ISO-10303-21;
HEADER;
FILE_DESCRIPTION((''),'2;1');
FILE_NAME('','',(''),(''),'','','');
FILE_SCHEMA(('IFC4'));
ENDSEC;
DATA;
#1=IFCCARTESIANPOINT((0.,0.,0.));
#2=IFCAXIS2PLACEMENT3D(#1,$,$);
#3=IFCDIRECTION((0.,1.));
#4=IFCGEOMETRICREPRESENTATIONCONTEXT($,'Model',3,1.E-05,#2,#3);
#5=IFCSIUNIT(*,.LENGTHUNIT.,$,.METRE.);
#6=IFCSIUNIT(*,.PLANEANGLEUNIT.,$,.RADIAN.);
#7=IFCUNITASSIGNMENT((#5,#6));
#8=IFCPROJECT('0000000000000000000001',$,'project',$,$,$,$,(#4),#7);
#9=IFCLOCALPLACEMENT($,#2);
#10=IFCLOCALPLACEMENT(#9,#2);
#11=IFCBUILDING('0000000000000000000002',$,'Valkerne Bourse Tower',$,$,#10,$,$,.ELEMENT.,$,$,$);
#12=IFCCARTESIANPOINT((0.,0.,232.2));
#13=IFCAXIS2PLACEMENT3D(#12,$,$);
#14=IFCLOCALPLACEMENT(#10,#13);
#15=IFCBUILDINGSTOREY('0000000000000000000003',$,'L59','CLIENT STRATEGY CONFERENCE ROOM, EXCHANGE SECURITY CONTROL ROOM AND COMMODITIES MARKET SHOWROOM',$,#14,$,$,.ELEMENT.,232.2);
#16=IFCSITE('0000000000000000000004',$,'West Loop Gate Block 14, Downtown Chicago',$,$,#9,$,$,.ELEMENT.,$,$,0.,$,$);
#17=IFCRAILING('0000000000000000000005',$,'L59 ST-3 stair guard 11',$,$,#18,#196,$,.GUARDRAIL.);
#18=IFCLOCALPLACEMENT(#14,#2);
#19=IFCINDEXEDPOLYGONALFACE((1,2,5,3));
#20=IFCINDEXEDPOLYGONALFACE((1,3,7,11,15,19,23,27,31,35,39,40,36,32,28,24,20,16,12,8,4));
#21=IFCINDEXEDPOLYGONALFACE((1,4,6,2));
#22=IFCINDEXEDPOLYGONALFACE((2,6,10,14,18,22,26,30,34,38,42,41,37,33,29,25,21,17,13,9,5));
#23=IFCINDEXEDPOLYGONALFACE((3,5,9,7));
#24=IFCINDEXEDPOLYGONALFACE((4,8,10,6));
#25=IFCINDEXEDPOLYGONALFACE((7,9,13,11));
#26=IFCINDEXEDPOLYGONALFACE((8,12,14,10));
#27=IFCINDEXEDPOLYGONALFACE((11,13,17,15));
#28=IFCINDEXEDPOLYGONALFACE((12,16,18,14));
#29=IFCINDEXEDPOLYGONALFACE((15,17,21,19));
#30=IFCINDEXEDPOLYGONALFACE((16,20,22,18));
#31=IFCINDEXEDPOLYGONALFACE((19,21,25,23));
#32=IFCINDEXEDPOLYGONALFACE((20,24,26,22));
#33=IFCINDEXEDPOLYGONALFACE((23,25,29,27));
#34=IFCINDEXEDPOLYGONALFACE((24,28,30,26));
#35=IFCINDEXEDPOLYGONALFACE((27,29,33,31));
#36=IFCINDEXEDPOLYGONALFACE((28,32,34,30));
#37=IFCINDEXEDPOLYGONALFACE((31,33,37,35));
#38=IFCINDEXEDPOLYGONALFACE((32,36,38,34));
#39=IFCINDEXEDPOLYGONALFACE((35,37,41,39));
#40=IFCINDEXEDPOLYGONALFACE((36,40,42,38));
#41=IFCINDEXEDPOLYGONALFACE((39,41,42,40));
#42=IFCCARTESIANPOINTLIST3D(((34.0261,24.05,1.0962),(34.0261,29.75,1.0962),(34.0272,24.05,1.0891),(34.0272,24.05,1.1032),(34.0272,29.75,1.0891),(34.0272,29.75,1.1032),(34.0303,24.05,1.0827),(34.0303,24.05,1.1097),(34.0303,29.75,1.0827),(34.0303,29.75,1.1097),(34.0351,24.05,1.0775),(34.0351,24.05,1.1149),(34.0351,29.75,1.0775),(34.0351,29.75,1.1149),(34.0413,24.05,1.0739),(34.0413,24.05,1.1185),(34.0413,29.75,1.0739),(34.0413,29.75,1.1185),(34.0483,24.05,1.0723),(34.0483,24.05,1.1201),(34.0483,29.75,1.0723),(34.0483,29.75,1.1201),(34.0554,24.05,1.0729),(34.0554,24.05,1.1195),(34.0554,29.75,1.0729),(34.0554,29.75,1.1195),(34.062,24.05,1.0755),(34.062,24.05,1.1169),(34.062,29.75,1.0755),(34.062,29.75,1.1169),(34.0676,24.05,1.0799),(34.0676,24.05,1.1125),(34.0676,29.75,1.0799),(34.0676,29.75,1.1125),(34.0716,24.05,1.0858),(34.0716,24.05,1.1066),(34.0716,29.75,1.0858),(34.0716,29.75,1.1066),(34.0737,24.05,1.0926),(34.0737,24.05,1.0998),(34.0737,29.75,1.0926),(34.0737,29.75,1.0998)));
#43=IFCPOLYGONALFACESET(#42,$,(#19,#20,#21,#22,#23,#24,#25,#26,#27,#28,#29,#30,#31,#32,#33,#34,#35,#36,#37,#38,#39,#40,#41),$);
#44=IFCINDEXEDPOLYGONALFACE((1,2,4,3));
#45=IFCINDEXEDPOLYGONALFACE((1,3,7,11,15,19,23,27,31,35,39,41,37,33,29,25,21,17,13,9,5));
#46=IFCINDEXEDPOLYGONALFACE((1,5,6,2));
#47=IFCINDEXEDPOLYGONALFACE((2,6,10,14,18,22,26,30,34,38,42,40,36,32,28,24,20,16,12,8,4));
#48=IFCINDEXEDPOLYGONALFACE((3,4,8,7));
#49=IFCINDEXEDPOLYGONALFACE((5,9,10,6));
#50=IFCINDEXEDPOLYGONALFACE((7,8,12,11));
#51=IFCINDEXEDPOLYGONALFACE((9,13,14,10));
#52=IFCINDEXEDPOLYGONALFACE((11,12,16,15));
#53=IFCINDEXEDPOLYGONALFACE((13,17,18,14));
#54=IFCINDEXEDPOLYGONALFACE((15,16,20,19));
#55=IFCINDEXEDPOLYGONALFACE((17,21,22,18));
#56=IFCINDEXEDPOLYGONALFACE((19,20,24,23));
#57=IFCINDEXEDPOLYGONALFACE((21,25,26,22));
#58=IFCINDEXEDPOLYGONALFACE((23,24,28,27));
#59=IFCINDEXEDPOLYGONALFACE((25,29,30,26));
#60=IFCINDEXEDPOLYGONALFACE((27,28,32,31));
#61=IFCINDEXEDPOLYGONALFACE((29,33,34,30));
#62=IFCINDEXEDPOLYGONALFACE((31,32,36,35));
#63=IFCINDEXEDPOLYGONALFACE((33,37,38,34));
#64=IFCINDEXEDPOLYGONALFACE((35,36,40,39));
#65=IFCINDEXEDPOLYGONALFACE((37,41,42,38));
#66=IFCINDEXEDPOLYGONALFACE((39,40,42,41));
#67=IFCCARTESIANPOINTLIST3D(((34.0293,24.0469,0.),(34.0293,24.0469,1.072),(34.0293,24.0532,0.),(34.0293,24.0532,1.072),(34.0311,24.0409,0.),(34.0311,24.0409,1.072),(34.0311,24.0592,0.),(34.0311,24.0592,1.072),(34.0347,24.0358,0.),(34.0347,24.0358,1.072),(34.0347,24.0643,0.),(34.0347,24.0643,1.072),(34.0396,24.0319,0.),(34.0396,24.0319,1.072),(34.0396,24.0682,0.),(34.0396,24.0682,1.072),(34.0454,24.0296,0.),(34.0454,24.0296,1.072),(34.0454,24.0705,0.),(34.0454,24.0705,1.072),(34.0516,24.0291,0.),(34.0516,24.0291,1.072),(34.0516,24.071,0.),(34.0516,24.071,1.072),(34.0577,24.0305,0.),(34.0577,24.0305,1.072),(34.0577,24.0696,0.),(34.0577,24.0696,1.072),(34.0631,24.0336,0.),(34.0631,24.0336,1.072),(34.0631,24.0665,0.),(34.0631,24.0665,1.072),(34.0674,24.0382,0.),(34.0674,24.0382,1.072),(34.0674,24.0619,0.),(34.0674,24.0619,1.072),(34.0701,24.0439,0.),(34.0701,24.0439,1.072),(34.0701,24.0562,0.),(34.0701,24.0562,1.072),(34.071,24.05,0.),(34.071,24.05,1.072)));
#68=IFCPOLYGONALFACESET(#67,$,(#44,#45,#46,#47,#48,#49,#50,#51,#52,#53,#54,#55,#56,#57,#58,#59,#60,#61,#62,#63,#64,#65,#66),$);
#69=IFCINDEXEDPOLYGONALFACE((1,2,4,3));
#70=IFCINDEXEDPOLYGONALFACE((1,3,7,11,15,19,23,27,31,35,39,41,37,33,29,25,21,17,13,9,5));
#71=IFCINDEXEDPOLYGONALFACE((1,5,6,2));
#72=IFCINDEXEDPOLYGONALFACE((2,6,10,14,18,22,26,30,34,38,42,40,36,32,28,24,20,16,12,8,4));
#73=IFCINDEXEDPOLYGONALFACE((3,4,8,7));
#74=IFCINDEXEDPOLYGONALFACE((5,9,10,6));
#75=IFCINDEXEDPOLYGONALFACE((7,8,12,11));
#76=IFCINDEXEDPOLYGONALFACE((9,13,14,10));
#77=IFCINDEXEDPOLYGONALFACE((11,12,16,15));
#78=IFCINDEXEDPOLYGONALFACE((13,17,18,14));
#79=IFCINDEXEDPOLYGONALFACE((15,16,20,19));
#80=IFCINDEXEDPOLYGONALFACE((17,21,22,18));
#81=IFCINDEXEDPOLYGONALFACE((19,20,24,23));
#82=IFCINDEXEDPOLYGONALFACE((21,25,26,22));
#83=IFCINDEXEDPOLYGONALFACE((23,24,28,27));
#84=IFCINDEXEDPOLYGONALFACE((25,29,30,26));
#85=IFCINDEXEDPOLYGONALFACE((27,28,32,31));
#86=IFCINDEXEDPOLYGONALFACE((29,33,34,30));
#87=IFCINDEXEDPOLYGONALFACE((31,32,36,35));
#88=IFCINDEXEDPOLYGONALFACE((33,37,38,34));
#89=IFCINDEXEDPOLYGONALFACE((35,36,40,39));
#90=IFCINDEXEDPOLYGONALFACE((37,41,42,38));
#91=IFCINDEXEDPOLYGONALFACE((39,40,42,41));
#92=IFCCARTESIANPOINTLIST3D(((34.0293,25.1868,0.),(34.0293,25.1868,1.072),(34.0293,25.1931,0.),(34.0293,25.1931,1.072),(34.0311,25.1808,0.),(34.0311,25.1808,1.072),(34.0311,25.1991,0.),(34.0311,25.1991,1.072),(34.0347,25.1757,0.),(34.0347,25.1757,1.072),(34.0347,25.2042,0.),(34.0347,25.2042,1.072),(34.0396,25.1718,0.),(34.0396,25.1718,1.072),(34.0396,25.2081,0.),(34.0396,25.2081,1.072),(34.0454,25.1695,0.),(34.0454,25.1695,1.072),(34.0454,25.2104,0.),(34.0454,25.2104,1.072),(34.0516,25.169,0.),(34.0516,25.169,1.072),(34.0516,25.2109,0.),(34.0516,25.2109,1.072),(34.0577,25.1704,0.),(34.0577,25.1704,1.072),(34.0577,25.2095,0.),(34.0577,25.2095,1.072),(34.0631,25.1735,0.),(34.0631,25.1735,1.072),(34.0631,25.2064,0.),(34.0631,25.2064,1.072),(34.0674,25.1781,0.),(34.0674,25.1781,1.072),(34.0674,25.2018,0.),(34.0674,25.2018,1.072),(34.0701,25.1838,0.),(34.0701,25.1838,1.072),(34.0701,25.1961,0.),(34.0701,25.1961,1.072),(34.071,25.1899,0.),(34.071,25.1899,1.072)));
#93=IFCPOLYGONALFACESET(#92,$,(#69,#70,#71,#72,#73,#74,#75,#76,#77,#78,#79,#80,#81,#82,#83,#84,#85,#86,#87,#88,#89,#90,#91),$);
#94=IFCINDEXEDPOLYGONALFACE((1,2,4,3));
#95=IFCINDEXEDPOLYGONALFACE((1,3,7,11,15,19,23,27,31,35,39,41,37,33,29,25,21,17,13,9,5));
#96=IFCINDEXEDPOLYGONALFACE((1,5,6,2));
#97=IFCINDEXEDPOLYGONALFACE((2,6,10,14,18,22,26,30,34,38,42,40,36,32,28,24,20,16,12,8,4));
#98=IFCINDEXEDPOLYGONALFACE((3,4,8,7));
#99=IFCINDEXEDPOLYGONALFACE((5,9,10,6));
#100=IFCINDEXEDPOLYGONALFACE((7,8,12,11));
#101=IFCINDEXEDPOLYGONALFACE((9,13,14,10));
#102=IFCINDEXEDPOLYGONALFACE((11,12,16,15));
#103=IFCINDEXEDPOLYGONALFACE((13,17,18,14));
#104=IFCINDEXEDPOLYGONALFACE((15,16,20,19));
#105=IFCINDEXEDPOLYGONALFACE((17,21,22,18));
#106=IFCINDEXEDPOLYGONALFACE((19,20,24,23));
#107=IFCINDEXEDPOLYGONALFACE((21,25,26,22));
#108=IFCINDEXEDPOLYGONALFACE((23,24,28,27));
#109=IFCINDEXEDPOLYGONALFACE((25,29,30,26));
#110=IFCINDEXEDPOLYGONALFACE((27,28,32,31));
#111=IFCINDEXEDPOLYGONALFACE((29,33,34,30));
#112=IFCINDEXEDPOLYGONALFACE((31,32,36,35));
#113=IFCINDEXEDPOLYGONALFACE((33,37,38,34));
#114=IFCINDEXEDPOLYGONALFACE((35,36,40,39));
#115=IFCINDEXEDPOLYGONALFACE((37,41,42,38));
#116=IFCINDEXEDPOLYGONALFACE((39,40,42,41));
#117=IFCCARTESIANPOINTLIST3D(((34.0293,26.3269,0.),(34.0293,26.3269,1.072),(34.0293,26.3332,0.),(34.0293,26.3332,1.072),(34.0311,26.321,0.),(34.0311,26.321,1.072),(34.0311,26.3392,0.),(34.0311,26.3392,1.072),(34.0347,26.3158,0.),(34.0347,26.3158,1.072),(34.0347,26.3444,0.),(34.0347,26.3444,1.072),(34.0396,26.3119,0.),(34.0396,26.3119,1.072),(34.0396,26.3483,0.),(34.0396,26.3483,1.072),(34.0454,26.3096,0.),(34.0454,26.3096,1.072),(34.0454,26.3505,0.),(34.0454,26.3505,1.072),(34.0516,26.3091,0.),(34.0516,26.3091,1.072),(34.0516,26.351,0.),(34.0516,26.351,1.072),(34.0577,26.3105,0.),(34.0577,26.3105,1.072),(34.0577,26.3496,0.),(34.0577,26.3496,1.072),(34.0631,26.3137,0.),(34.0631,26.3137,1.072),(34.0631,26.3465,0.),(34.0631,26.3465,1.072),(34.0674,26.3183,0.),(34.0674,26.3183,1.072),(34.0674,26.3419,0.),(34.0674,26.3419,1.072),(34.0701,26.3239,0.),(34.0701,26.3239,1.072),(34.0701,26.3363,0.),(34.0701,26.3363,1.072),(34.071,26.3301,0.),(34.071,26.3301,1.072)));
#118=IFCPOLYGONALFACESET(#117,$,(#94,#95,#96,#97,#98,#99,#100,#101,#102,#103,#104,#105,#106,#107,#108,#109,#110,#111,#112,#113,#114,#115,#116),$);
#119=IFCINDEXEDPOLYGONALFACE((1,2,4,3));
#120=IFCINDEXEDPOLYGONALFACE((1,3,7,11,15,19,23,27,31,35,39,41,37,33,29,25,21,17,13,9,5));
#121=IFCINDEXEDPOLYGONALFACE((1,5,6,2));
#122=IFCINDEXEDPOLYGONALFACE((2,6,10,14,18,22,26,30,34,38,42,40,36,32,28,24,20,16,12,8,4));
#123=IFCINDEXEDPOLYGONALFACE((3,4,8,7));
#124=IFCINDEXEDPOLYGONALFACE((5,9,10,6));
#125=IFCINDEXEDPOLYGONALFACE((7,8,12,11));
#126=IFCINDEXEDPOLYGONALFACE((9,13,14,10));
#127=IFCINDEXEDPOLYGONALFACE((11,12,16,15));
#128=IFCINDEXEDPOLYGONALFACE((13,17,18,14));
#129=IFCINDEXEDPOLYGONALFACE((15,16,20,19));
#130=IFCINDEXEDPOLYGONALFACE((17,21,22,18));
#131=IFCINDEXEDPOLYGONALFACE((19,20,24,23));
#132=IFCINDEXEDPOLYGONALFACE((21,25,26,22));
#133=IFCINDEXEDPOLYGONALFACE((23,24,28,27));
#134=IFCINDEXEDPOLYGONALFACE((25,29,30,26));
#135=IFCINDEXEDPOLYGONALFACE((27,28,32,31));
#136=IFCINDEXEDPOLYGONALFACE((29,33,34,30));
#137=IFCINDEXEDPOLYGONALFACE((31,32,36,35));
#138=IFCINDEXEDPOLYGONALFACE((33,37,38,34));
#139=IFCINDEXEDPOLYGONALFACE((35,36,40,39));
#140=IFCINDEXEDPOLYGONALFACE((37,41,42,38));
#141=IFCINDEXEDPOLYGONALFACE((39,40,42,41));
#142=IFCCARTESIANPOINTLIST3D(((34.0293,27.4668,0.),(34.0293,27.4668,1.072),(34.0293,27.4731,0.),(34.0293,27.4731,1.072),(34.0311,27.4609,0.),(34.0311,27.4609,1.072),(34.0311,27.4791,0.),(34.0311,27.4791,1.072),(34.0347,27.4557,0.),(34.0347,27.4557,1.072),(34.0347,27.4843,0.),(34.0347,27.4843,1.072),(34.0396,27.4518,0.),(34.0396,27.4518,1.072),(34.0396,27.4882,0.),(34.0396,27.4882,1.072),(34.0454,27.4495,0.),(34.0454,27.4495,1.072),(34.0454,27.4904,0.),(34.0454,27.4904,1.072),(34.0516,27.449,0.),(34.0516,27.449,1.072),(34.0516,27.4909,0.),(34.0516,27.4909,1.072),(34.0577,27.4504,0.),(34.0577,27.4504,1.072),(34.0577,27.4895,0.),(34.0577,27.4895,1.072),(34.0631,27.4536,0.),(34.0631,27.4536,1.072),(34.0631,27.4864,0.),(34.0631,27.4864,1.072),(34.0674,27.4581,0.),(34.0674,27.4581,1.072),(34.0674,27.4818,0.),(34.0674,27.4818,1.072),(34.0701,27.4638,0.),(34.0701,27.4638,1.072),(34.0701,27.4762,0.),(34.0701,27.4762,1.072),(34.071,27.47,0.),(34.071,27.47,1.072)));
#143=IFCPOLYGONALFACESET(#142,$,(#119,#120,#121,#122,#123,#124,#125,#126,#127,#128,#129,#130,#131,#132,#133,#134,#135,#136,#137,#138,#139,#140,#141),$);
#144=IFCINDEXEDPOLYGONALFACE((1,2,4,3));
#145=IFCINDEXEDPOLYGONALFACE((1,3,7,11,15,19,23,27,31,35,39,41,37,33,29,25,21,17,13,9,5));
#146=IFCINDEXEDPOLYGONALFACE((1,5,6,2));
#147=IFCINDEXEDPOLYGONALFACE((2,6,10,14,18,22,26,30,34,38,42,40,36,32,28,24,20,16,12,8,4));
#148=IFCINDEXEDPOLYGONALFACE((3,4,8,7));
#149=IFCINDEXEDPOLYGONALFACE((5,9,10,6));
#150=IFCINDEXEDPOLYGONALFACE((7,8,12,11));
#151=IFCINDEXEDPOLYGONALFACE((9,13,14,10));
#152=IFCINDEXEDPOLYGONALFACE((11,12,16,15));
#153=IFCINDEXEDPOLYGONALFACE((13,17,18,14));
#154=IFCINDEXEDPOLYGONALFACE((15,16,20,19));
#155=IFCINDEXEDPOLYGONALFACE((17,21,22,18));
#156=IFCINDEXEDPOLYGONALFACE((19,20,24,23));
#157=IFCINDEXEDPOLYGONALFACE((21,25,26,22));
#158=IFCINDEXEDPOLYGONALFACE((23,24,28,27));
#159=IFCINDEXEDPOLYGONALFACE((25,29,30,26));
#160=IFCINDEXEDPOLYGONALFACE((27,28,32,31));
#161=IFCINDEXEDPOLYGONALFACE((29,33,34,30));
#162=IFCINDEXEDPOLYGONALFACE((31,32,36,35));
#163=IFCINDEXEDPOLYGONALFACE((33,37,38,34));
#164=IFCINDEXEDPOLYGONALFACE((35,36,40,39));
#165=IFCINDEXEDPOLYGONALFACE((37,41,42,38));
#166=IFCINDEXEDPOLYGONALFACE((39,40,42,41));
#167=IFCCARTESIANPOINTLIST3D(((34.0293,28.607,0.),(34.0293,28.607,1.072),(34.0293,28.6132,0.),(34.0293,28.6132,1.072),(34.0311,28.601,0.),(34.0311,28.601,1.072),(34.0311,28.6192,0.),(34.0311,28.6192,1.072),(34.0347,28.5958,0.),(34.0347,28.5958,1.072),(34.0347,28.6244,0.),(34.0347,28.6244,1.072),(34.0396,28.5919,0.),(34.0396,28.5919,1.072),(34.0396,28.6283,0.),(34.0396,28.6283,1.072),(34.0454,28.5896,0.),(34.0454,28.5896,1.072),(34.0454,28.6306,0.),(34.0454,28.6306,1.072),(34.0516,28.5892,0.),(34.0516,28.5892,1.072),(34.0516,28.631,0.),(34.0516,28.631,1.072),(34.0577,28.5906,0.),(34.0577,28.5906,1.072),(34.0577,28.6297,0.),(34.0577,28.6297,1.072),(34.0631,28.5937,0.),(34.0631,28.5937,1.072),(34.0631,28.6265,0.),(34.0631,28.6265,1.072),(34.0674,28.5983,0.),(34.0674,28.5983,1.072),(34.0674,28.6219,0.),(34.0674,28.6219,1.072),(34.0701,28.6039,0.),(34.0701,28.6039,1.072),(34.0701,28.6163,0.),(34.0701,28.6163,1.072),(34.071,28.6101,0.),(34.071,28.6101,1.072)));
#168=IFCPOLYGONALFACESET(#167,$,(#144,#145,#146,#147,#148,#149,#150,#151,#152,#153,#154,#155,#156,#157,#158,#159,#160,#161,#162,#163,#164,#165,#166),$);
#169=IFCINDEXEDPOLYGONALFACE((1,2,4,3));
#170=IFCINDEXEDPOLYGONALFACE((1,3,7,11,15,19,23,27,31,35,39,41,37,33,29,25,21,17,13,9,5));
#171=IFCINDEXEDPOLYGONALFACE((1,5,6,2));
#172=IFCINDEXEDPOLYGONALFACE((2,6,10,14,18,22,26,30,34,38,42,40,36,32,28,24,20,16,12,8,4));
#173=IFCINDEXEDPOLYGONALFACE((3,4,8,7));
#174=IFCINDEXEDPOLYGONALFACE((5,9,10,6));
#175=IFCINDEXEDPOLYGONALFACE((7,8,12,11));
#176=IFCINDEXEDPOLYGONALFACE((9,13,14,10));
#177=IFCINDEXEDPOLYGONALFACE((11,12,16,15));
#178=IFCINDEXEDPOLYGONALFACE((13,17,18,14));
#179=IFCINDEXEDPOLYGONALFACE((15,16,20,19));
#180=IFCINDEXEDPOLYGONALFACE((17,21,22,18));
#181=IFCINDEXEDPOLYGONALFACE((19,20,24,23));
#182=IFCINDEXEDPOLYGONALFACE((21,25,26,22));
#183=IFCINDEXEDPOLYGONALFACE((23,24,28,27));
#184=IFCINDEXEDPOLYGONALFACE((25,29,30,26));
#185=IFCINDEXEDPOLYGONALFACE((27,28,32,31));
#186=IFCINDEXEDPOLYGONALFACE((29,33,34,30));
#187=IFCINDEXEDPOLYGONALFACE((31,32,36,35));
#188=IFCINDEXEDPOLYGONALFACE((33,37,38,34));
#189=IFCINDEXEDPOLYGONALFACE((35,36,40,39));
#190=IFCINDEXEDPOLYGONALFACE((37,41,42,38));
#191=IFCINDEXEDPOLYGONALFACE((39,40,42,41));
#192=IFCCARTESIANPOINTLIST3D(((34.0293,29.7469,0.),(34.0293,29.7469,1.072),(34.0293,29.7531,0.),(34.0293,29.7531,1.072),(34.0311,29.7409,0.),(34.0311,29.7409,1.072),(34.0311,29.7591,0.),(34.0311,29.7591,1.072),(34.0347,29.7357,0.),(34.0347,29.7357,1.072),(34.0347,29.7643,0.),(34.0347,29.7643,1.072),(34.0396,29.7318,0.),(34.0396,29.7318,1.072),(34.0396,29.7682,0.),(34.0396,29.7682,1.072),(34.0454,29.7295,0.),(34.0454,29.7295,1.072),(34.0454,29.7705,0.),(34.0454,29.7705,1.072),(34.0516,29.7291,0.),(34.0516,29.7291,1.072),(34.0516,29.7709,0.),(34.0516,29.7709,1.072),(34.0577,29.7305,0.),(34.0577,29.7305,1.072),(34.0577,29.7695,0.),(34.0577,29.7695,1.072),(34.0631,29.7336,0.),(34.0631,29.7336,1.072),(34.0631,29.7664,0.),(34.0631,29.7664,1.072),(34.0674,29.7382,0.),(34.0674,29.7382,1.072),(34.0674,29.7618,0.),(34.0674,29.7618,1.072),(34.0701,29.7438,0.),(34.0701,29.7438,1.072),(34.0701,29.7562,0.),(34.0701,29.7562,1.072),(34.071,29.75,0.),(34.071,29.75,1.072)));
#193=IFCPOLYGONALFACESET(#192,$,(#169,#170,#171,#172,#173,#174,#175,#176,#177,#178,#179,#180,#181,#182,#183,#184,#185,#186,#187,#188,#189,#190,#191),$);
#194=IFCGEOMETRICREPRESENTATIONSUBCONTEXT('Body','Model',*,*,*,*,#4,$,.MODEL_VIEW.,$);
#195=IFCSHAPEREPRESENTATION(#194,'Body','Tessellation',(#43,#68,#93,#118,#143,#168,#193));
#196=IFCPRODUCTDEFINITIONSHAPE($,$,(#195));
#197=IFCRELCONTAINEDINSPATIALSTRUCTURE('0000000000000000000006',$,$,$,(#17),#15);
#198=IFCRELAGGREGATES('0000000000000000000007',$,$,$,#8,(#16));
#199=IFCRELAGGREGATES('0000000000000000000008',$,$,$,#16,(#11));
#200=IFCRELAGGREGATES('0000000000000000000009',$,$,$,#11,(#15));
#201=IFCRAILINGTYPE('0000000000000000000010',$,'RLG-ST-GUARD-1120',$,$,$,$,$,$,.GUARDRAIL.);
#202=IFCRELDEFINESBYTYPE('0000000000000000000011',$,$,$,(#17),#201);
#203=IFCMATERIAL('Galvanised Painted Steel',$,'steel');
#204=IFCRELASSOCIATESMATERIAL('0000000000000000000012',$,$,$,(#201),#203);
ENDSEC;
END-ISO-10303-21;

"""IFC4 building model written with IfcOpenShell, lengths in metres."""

from ifc_helpers import new_model, si_unit, direction, frame, origin, origin_2d, place, context, subcontext, project, spatial, circle, extrude, material, type_object, element, save


model = new_model("IFC4")

# Units and contexts
model_context = context("Model", 3, precision=1e-05, world=origin(), true_north=direction((0.0, 1.0)))
body_context = subcontext(model_context, "Body", "Model", "MODEL_VIEW")
ifc_project = project(units=[si_unit("LENGTHUNIT", "METRE"), si_unit("PLANEANGLEUNIT", "RADIAN")], contexts=[model_context])

# Site, building, storey
site_placement = place(None, origin())
site = spatial("IfcSite", under=ifc_project, at=site_placement, Name="West Loop Gate Block 14, Downtown Chicago", CompositionType="ELEMENT", RefElevation=0.0)
building_placement = place(site_placement, origin())
building = spatial("IfcBuilding", under=site, at=building_placement, Name="Valkerne Bourse Tower", CompositionType="ELEMENT")
storey_placement = place(building_placement, frame((0.0, 0.0, 232.2)))
storey = spatial("IfcBuildingStorey", under=building, at=storey_placement, Name="L59", Description="CLIENT STRATEGY CONFERENCE ROOM, EXCHANGE SECURITY CONTROL ROOM AND COMMODITIES MARKET SHOWROOM", CompositionType="ELEMENT", Elevation=232.2)

# Shared definitions
ifc_material_1 = material(Name="Galvanised Painted Steel", Category="steel")

# Railing
railing_type = type_object("IfcRailingType", Name="RLG-ST-GUARD-1120", PredefinedType="GUARDRAIL", material=ifc_material_1)
for number, where, name in (
    (1, (34.05, 24.05, 0.0), "L59 ST-3 stair guard 11"),
):
    element("IfcRailing", number, at=place(storey_placement, frame(where)), inside=storey, type_object=railing_type, Name=name, PredefinedType="GUARDRAIL", context=body_context, shape_type="SweptSolid", body=[
        extrude(circle(Radius=0.0239, at=origin_2d()), frame((0.0, 0.0, 1.0962), z_axis=(0.0, 1.0, 0.0), x_axis=(-1.0, 0.0, 0.0)), (0.0, 0.0, 1.0), 5.7),
        extrude(circle(Radius=0.021, at=origin_2d()), origin(), (0.0, 0.0, 1.0), 1.072),
        extrude(circle(Radius=0.021, at=origin_2d()), frame((0.0, 1.1399, 0.0)), (0.0, 0.0, 1.0), 1.072),
        extrude(circle(Radius=0.021, at=origin_2d()), frame((0.0, 2.28, 0.0)), (0.0, 0.0, 1.0), 1.072),
        extrude(circle(Radius=0.021, at=origin_2d()), frame((0.0, 3.4199, 0.0)), (0.0, 0.0, 1.0), 1.072),
        extrude(circle(Radius=0.021, at=origin_2d()), frame((0.0, 4.5601, 0.0)), (0.0, 0.0, 1.0), 1.072),
        extrude(circle(Radius=0.021, at=origin_2d()), frame((0.0, 5.7, 0.0)), (0.0, 0.0, 1.0), 1.072),
    ])

save(model, "model.ifc")
